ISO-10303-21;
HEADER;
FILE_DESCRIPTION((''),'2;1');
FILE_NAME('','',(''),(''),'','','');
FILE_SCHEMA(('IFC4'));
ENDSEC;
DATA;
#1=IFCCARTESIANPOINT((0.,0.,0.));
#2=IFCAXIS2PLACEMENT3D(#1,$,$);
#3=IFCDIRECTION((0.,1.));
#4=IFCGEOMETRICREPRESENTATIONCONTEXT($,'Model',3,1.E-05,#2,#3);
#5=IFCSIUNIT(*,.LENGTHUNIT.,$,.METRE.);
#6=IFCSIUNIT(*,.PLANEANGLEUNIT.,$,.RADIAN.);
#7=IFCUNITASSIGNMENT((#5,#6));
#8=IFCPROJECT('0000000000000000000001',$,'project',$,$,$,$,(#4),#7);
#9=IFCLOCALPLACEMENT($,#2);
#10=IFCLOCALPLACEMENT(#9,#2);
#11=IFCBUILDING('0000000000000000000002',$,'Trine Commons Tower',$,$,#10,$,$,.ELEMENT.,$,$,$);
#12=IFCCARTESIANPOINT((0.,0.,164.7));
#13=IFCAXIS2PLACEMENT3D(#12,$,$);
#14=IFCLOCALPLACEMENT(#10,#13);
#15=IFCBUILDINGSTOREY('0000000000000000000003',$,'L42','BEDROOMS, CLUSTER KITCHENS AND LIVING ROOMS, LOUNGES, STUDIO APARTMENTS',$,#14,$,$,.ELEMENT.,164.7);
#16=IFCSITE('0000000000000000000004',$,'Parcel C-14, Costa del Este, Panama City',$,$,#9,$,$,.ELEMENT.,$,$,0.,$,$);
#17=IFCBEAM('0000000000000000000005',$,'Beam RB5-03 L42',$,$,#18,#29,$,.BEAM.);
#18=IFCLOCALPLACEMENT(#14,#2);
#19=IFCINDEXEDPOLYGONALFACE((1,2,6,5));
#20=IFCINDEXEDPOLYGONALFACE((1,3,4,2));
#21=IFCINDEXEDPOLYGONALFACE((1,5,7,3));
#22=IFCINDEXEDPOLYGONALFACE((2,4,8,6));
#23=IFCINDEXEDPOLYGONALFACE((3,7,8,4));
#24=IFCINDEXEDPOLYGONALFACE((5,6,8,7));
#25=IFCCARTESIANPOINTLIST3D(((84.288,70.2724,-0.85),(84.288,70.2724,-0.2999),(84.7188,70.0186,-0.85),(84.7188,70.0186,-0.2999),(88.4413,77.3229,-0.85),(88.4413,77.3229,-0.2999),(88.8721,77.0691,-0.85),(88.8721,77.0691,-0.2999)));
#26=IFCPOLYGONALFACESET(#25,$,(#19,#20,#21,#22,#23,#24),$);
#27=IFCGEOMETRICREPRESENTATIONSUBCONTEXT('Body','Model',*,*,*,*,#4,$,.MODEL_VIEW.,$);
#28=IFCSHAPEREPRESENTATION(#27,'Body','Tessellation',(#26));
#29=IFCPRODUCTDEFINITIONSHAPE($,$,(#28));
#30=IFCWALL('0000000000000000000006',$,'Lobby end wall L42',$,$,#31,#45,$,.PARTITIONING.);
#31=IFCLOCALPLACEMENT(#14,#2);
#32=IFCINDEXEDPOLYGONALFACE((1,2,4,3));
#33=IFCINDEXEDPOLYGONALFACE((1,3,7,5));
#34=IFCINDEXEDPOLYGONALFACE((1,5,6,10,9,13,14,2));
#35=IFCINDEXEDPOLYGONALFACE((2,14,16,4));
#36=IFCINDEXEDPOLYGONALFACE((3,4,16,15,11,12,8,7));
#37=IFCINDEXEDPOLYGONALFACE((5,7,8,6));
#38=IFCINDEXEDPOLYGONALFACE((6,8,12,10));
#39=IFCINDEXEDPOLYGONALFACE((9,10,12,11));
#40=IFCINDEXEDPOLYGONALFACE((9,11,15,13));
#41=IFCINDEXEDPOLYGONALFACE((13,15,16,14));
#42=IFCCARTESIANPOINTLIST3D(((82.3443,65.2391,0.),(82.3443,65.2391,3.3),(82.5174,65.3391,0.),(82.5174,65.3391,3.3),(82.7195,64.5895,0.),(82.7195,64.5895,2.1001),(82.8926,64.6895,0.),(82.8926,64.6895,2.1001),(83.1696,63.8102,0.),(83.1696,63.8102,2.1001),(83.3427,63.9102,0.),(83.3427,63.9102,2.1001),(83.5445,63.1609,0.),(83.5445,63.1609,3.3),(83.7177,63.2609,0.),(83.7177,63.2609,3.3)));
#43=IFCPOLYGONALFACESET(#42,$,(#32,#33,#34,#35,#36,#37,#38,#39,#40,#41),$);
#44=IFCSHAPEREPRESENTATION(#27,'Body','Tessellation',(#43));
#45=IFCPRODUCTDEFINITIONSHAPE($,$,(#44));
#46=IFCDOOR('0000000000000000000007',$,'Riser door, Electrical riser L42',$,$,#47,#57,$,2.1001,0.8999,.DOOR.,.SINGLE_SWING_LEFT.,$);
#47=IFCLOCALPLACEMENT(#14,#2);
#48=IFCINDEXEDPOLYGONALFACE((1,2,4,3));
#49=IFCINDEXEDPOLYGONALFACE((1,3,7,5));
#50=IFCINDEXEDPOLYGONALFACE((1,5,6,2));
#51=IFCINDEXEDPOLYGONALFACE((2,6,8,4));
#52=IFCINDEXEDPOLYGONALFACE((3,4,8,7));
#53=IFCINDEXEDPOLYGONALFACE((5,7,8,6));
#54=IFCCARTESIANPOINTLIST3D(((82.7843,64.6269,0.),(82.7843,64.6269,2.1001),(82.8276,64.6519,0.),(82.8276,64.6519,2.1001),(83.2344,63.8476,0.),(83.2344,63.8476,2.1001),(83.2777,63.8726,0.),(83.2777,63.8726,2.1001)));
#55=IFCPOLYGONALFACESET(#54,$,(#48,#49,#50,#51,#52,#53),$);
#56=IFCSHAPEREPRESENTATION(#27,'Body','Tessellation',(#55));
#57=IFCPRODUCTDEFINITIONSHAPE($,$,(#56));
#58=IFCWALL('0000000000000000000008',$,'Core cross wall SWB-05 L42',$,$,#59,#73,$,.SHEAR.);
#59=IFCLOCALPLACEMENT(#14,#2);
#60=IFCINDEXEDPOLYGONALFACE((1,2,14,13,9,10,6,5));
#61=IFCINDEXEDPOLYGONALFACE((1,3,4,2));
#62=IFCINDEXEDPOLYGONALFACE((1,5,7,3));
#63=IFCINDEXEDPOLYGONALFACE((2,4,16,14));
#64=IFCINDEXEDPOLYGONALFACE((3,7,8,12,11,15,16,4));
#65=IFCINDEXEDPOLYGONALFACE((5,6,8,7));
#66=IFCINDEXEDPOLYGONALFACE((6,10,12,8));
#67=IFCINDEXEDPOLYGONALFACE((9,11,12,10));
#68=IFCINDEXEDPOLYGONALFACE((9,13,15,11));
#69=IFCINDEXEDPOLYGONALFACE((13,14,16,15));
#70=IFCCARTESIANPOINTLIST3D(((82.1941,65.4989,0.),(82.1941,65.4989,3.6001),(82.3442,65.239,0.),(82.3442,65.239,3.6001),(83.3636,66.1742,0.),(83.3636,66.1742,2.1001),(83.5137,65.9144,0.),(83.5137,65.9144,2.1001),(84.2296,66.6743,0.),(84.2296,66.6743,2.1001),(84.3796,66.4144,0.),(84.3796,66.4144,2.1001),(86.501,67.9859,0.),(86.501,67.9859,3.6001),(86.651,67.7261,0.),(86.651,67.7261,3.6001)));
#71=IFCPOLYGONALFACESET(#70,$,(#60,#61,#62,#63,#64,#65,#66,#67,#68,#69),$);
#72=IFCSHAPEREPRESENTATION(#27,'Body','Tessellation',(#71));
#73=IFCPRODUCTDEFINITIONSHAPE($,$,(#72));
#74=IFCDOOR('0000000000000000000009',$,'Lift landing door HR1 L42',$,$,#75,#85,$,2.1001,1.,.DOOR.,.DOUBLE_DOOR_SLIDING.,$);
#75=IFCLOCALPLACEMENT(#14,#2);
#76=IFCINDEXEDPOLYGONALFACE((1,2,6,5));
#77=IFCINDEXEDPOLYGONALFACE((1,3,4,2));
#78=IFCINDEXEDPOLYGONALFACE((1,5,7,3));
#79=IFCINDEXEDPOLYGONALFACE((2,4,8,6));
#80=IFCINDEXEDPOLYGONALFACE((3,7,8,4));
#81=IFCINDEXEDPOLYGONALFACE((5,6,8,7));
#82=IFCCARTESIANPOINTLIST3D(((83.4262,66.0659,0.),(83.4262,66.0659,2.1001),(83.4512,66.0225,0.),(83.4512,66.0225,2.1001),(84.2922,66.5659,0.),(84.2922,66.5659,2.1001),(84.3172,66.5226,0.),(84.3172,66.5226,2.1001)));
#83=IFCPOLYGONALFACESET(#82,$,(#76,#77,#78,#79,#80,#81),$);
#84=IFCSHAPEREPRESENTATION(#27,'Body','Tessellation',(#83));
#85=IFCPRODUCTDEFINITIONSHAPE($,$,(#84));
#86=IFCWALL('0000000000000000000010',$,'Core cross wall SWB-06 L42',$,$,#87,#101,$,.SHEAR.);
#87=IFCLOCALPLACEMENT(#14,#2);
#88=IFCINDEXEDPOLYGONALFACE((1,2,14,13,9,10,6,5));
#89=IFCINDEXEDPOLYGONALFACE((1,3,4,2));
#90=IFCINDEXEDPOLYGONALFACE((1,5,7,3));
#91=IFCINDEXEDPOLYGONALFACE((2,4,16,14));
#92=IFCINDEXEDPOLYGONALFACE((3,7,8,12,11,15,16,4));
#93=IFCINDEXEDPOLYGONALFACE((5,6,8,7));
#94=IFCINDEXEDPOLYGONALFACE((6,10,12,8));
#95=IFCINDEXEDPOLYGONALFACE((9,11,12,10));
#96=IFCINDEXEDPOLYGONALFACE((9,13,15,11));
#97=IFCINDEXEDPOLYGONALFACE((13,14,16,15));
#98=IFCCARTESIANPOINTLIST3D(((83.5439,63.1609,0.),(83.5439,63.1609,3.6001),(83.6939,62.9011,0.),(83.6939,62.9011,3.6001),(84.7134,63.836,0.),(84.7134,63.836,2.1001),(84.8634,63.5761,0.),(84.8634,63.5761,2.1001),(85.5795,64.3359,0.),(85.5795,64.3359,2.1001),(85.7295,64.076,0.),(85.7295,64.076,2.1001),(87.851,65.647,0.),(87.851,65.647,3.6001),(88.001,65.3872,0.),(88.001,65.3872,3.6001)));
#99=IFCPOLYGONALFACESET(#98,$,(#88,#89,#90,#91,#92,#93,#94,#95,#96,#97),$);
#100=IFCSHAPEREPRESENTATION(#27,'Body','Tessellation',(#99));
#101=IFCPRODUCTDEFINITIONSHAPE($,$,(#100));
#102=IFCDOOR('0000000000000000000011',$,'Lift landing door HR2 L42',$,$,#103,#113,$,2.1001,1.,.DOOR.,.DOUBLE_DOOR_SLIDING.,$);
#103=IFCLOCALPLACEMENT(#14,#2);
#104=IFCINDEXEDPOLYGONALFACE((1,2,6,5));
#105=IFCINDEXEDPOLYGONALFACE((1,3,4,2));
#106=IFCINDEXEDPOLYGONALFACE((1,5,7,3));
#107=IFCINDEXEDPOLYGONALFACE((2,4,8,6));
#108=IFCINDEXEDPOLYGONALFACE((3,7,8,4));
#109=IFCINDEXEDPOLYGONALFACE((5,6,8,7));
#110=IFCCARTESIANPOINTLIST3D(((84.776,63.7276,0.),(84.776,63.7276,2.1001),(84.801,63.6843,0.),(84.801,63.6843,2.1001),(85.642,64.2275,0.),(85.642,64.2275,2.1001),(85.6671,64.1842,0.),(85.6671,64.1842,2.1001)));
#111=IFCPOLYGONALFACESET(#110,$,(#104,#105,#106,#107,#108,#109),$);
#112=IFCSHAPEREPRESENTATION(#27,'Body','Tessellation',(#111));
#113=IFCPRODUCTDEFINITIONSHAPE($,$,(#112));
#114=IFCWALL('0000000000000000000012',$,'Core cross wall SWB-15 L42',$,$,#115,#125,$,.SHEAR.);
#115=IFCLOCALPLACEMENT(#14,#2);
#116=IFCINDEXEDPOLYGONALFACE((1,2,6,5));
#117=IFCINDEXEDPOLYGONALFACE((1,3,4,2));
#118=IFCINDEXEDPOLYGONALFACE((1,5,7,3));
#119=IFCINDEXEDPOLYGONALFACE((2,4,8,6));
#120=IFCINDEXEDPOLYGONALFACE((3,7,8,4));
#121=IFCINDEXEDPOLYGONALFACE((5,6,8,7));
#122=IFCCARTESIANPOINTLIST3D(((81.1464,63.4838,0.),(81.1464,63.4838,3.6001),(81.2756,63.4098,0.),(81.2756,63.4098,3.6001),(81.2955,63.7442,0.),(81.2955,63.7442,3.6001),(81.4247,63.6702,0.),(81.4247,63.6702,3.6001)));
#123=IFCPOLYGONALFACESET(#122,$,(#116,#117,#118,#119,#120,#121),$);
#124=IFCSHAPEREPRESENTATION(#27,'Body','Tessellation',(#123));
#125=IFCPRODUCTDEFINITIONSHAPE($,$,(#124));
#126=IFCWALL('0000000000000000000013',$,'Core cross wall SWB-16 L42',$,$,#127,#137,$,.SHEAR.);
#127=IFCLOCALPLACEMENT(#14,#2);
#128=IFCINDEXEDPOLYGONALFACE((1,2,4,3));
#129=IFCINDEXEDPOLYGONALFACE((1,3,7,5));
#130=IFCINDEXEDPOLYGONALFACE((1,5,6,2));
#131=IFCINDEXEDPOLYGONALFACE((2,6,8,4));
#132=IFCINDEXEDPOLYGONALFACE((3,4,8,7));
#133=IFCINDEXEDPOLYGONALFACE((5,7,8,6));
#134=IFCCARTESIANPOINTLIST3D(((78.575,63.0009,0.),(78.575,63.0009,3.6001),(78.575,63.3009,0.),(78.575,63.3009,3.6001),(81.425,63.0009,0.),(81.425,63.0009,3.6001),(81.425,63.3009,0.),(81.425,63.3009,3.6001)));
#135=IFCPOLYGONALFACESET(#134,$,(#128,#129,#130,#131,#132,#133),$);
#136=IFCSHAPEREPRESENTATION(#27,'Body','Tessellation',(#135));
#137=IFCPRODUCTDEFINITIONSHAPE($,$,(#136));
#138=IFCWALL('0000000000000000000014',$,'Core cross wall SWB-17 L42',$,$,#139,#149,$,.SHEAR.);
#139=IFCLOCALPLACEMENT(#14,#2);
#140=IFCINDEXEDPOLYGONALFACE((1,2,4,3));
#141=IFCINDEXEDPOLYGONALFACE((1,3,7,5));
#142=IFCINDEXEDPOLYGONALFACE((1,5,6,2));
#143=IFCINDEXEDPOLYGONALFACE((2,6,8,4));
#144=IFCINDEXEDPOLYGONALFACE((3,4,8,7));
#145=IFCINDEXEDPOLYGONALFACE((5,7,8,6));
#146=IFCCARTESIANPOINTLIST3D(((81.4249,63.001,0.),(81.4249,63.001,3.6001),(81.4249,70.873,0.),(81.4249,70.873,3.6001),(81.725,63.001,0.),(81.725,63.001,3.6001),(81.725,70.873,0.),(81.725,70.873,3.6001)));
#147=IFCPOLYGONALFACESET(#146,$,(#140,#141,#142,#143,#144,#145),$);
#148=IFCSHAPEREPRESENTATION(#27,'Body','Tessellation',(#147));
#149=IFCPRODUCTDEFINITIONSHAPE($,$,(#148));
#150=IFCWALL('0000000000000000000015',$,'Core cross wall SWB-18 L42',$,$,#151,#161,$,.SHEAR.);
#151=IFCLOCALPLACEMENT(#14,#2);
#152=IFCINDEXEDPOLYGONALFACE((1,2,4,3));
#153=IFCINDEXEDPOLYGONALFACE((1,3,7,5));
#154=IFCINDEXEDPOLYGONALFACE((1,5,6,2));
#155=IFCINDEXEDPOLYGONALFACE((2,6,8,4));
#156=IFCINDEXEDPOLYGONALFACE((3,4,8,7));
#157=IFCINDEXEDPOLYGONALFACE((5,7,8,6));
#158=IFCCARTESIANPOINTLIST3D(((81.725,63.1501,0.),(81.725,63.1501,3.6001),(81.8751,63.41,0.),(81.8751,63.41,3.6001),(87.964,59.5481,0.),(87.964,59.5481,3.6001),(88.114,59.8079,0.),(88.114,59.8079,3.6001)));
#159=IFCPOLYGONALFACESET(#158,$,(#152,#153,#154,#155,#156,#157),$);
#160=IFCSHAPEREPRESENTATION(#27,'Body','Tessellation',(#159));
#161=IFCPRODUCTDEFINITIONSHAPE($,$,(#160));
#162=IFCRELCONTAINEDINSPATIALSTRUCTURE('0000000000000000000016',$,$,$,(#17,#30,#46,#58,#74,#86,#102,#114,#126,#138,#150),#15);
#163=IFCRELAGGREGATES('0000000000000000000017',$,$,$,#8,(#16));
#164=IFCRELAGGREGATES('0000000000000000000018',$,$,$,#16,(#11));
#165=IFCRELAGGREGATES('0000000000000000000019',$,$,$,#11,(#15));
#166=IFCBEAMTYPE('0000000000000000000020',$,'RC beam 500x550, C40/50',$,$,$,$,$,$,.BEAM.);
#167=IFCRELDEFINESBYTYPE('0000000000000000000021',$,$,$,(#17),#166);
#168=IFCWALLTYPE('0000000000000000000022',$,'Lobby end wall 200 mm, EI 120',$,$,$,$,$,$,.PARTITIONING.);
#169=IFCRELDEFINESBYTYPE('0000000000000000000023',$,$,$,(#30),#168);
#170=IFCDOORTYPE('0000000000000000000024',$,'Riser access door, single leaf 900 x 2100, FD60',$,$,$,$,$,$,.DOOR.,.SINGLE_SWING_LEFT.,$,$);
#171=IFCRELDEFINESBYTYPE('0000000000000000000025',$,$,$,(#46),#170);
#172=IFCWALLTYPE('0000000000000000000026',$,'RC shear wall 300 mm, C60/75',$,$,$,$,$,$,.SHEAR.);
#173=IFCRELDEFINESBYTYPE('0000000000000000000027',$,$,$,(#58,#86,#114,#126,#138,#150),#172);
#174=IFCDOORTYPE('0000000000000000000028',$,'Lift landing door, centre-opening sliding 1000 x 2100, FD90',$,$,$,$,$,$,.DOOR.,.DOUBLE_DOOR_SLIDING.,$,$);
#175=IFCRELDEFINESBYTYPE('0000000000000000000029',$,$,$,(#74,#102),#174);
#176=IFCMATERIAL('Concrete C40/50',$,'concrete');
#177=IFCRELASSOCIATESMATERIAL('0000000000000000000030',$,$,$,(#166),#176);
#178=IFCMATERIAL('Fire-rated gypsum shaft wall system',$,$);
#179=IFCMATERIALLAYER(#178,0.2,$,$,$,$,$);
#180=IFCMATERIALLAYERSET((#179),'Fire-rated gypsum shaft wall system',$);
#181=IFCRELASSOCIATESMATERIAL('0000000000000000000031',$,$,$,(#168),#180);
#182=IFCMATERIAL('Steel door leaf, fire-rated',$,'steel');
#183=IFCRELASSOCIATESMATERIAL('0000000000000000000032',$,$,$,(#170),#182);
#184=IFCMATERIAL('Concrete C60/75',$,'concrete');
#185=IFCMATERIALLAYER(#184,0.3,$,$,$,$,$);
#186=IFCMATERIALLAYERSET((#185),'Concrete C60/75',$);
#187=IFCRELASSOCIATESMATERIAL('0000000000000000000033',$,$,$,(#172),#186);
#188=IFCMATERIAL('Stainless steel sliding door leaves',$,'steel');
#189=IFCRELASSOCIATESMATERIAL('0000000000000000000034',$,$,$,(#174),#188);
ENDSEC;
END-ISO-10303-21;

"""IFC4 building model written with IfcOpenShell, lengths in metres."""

from ifc_helpers import new_model, si_unit, direction, frame, frame_2d, origin, origin_2d, place, context, subcontext, project, spatial, rectangle, extrude, material, layer, layer_set, material_profile, profile_set, type_object, element, fill, save


model = new_model("IFC4")

# Units and contexts
model_context = context("Model", 3, precision=1e-05, world=origin(), true_north=direction((0.0, 1.0)))
body_context = subcontext(model_context, "Body", "Model", "MODEL_VIEW")
ifc_project = project(units=[si_unit("LENGTHUNIT", "METRE"), si_unit("PLANEANGLEUNIT", "RADIAN")], contexts=[model_context])

# Site, building, storey
site_placement = place(None, origin())
site = spatial("IfcSite", under=ifc_project, at=site_placement, Name="Parcel C-14, Costa del Este, Panama City", CompositionType="ELEMENT", RefElevation=0.0)
building_placement = place(site_placement, origin())
building = spatial("IfcBuilding", under=site, at=building_placement, Name="Trine Commons Tower", CompositionType="ELEMENT")
storey_placement = place(building_placement, frame((0.0, 0.0, 164.7)))
storey = spatial("IfcBuildingStorey", under=building, at=storey_placement, Name="L42", Description="BEDROOMS, CLUSTER KITCHENS AND LIVING ROOMS, LOUNGES, STUDIO APARTMENTS", CompositionType="ELEMENT", Elevation=164.7)

# Beam
ifc_material_1 = material(Name="Concrete C40/50", Category="concrete")
ifc_material_profile = material_profile(ifc_material_1, rectangle(XDim=0.5, YDim=0.55, at=origin_2d()), Name="RC 500x550")
ifc_profile_set = profile_set([ifc_material_profile], Name="Concrete C40/50")
beam_type = type_object("IfcBeamType", Name="RC beam 500x550, C40/50", PredefinedType="BEAM", material=ifc_profile_set)
beam_placement = place(storey_placement, frame((84.5034, 70.1455, -0.575), z_axis=(0.50756, 0.861617, 0.0), x_axis=(-0.861617, 0.50756, 0.0)))
element("IfcBeam", 1, at=beam_placement, inside=storey, type_object=beam_type, Name="Beam RB5-03 L42", PredefinedType="BEAM", context=body_context, shape_type="SweptSolid", body=[
    extrude(rectangle(XDim=0.5, YDim=0.55, at=origin_2d()), origin(), (0.0, 0.0, 1.0), 8.1829),
])

# Walls, openings, doors
ifc_material_2 = material(Name="Fire-rated gypsum shaft wall system")
ifc_layer_1 = layer(ifc_material_2, 0.2)
ifc_layer_set_1 = layer_set([ifc_layer_1], Name="Fire-rated gypsum shaft wall system")
wall_type_1 = type_object("IfcWallType", Name="Lobby end wall 200 mm, EI 120", PredefinedType="PARTITIONING", material=ifc_layer_set_1)
wall_1_placement = place(storey_placement, frame((83.6311, 63.2109, 0.0), z_axis=(0.0, 0.0, 1.0), x_axis=(-0.500122, 0.865955, 0.0)))
wall_1 = element("IfcWall", 2, at=wall_1_placement, inside=storey, type_object=wall_type_1, Name="Lobby end wall L42", PredefinedType="PARTITIONING", context=body_context, shape_type="SweptSolid", body=[
    extrude(rectangle(XDim=2.3999, YDim=0.2, at=frame_2d((1.2, 0.0))), origin(), (0.0, 0.0, 1.0), 3.3),
])
opening_1_placement = place(wall_1_placement, frame((0.7498, 0.0, 0.0)))
opening_1 = element("IfcOpeningElement", 3, at=opening_1_placement, cuts=wall_1, PredefinedType="OPENING", context=body_context, shape_type="SweptSolid", body=[
    extrude(rectangle(XDim=0.8999, YDim=2.1001, at=frame_2d((0.45, 1.05))), frame((0.0, 0.1099, 0.0), z_axis=(0.0, -1.0, 0.0), x_axis=(1.0, 0.0, 0.0)), (0.0, 0.0, 1.0), 0.22),
])
ifc_material_3 = material(Name="Steel door leaf, fire-rated", Category="steel")
door_type_1 = type_object("IfcDoorType", Name="Riser access door, single leaf 900 x 2100, FD60", OperationType="SINGLE_SWING_LEFT", PredefinedType="DOOR", material=ifc_material_3)
door_1_placement = place(opening_1_placement, frame((0.8999, 0.0, 0.0), z_axis=(0.0, 0.0, 1.0), x_axis=(-1.0, 0.0, 0.0)))
door_1 = element("IfcDoor", 4, at=door_1_placement, inside=storey, type_object=door_type_1, Name="Riser door, Electrical riser L42", OperationType="SINGLE_SWING_LEFT", OverallHeight=2.1001, OverallWidth=0.8999, PredefinedType="DOOR", context=body_context, shape_type="SweptSolid", body=[
    extrude(rectangle(XDim=0.8999, YDim=2.1001, at=frame_2d((0.45, 1.05))), frame((0.0, 0.0249, 0.0), z_axis=(0.0, -1.0, 0.0), x_axis=(1.0, 0.0, 0.0)), (0.0, 0.0, 1.0), 0.05),
])
fill(opening_1, door_1)
ifc_material_4 = material(Name="Concrete C60/75", Category="concrete")
ifc_layer_2 = layer(ifc_material_4, 0.3)
ifc_layer_set_2 = layer_set([ifc_layer_2], Name="Concrete C60/75")
wall_type_2 = type_object("IfcWallType", Name="RC shear wall 300 mm, C60/75", PredefinedType="SHEAR", material=ifc_layer_set_2)
wall_2_placement = place(storey_placement, frame((82.269, 65.3689, 0.0), z_axis=(0.0, 0.0, 1.0), x_axis=(0.865984, 0.500072, 0.0)))
wall_2 = element("IfcWall", 5, at=wall_2_placement, inside=storey, type_object=wall_type_2, Name="Core cross wall SWB-05 L42", PredefinedType="SHEAR", context=body_context, shape_type="SweptSolid", body=[
    extrude(rectangle(XDim=4.9734, YDim=0.3, at=frame_2d((2.4868, 0.0))), origin(), (0.0, 0.0, 1.0), 3.6001),
])
opening_2_placement = place(wall_2_placement, frame((1.3506, 0.0, 0.0)))
opening_2 = element("IfcOpeningElement", 6, at=opening_2_placement, cuts=wall_2, PredefinedType="OPENING", context=body_context, shape_type="SweptSolid", body=[
    extrude(rectangle(XDim=1.0, YDim=2.1001, at=frame_2d((0.5, 1.05))), frame((0.0, 0.1599, 0.0), z_axis=(0.0, -1.0, 0.0), x_axis=(1.0, 0.0, 0.0)), (0.0, 0.0, 1.0), 0.3201),
])
ifc_material_5 = material(Name="Stainless steel sliding door leaves", Category="steel")
door_type_2 = type_object("IfcDoorType", Name="Lift landing door, centre-opening sliding 1000 x 2100, FD90", OperationType="DOUBLE_DOOR_SLIDING", PredefinedType="DOOR", material=ifc_material_5)
door_2_placement = place(opening_2_placement, origin())
door_2 = element("IfcDoor", 7, at=door_2_placement, inside=storey, type_object=door_type_2, Name="Lift landing door HR1 L42", OperationType="DOUBLE_DOOR_SLIDING", OverallHeight=2.1001, OverallWidth=1.0, PredefinedType="DOOR", context=body_context, shape_type="SweptSolid", body=[
    extrude(rectangle(XDim=1.0, YDim=2.1001, at=frame_2d((0.5, 1.05))), frame((0.0, 0.0249, 0.0), z_axis=(0.0, -1.0, 0.0), x_axis=(1.0, 0.0, 0.0)), (0.0, 0.0, 1.0), 0.05),
])
fill(opening_2, door_2)
wall_3_placement = place(storey_placement, frame((83.6189, 63.031, 0.0), z_axis=(0.0, 0.0, 1.0), x_axis=(0.866081, 0.499904, 0.0)))
wall_3 = element("IfcWall", 8, at=wall_3_placement, inside=storey, type_object=wall_type_2, Name="Core cross wall SWB-06 L42", PredefinedType="SHEAR", context=body_context, shape_type="SweptSolid", body=[
    extrude(rectangle(XDim=4.9731, YDim=0.3, at=frame_2d((2.4866, 0.0))), origin(), (0.0, 0.0, 1.0), 3.6001),
])
opening_3_placement = place(wall_3_placement, frame((1.3503, 0.0, 0.0)))
opening_3 = element("IfcOpeningElement", 9, at=opening_3_placement, cuts=wall_3, PredefinedType="OPENING", context=body_context, shape_type="SweptSolid", body=[
    extrude(rectangle(XDim=1.0, YDim=2.1001, at=frame_2d((0.5, 1.05))), frame((0.0, 0.1599, 0.0), z_axis=(0.0, -1.0, 0.0), x_axis=(1.0, 0.0, 0.0)), (0.0, 0.0, 1.0), 0.3201),
])
door_3_placement = place(opening_3_placement, origin())
door_3 = element("IfcDoor", 10, at=door_3_placement, inside=storey, type_object=door_type_2, Name="Lift landing door HR2 L42", OperationType="DOUBLE_DOOR_SLIDING", OverallHeight=2.1001, OverallWidth=1.0, PredefinedType="DOOR", context=body_context, shape_type="SweptSolid", body=[
    extrude(rectangle(XDim=1.0, YDim=2.1001, at=frame_2d((0.5, 1.05))), frame((0.0, 0.0249, 0.0), z_axis=(0.0, -1.0, 0.0), x_axis=(1.0, 0.0, 0.0)), (0.0, 0.0, 1.0), 0.05),
])
fill(opening_3, door_3)

# Walls
wall_4_placement = place(storey_placement, frame((81.2209, 63.614, 0.0), z_axis=(0.0, 0.0, 1.0), x_axis=(0.867738, -0.497022, 0.0)))
element("IfcWall", 11, at=wall_4_placement, inside=storey, type_object=wall_type_2, Name="Core cross wall SWB-15 L42", PredefinedType="SHEAR", context=body_context, shape_type="SweptSolid", body=[
    extrude(rectangle(XDim=0.1489, YDim=0.3, at=frame_2d((0.0745, 0.0))), origin(), (0.0, 0.0, 1.0), 3.6001),
])
wall_5_placement = place(storey_placement, frame((81.425, 63.1509, 0.0), z_axis=(0.0, 0.0, 1.0), x_axis=(-1.0, 0.0, 0.0)))
element("IfcWall", 12, at=wall_5_placement, inside=storey, type_object=wall_type_2, Name="Core cross wall SWB-16 L42", PredefinedType="SHEAR", context=body_context, shape_type="SweptSolid", body=[
    extrude(rectangle(XDim=2.8501, YDim=0.3, at=frame_2d((1.425, 0.0))), origin(), (0.0, 0.0, 1.0), 3.6001),
])
wall_6_placement = place(storey_placement, frame((81.575, 63.001, 0.0), z_axis=(0.0, 0.0, 1.0), x_axis=(0.0, 1.0, 0.0)))
element("IfcWall", 13, at=wall_6_placement, inside=storey, type_object=wall_type_2, Name="Core cross wall SWB-17 L42", PredefinedType="SHEAR", context=body_context, shape_type="SweptSolid", body=[
    extrude(rectangle(XDim=7.8721, YDim=0.3, at=frame_2d((3.936, 0.0))), origin(), (0.0, 0.0, 1.0), 3.6001),
])
wall_7_placement = place(storey_placement, frame((81.8, 63.28, 0.0), z_axis=(0.0, 0.0, 1.0), x_axis=(0.866028, -0.499995, 0.0)))
element("IfcWall", 14, at=wall_7_placement, inside=storey, type_object=wall_type_2, Name="Core cross wall SWB-18 L42", PredefinedType="SHEAR", context=body_context, shape_type="SweptSolid", body=[
    extrude(rectangle(XDim=7.2041, YDim=0.3, at=frame_2d((3.6021, 0.0))), origin(), (0.0, 0.0, 1.0), 3.6001),
])

save(model, "model.ifc")
